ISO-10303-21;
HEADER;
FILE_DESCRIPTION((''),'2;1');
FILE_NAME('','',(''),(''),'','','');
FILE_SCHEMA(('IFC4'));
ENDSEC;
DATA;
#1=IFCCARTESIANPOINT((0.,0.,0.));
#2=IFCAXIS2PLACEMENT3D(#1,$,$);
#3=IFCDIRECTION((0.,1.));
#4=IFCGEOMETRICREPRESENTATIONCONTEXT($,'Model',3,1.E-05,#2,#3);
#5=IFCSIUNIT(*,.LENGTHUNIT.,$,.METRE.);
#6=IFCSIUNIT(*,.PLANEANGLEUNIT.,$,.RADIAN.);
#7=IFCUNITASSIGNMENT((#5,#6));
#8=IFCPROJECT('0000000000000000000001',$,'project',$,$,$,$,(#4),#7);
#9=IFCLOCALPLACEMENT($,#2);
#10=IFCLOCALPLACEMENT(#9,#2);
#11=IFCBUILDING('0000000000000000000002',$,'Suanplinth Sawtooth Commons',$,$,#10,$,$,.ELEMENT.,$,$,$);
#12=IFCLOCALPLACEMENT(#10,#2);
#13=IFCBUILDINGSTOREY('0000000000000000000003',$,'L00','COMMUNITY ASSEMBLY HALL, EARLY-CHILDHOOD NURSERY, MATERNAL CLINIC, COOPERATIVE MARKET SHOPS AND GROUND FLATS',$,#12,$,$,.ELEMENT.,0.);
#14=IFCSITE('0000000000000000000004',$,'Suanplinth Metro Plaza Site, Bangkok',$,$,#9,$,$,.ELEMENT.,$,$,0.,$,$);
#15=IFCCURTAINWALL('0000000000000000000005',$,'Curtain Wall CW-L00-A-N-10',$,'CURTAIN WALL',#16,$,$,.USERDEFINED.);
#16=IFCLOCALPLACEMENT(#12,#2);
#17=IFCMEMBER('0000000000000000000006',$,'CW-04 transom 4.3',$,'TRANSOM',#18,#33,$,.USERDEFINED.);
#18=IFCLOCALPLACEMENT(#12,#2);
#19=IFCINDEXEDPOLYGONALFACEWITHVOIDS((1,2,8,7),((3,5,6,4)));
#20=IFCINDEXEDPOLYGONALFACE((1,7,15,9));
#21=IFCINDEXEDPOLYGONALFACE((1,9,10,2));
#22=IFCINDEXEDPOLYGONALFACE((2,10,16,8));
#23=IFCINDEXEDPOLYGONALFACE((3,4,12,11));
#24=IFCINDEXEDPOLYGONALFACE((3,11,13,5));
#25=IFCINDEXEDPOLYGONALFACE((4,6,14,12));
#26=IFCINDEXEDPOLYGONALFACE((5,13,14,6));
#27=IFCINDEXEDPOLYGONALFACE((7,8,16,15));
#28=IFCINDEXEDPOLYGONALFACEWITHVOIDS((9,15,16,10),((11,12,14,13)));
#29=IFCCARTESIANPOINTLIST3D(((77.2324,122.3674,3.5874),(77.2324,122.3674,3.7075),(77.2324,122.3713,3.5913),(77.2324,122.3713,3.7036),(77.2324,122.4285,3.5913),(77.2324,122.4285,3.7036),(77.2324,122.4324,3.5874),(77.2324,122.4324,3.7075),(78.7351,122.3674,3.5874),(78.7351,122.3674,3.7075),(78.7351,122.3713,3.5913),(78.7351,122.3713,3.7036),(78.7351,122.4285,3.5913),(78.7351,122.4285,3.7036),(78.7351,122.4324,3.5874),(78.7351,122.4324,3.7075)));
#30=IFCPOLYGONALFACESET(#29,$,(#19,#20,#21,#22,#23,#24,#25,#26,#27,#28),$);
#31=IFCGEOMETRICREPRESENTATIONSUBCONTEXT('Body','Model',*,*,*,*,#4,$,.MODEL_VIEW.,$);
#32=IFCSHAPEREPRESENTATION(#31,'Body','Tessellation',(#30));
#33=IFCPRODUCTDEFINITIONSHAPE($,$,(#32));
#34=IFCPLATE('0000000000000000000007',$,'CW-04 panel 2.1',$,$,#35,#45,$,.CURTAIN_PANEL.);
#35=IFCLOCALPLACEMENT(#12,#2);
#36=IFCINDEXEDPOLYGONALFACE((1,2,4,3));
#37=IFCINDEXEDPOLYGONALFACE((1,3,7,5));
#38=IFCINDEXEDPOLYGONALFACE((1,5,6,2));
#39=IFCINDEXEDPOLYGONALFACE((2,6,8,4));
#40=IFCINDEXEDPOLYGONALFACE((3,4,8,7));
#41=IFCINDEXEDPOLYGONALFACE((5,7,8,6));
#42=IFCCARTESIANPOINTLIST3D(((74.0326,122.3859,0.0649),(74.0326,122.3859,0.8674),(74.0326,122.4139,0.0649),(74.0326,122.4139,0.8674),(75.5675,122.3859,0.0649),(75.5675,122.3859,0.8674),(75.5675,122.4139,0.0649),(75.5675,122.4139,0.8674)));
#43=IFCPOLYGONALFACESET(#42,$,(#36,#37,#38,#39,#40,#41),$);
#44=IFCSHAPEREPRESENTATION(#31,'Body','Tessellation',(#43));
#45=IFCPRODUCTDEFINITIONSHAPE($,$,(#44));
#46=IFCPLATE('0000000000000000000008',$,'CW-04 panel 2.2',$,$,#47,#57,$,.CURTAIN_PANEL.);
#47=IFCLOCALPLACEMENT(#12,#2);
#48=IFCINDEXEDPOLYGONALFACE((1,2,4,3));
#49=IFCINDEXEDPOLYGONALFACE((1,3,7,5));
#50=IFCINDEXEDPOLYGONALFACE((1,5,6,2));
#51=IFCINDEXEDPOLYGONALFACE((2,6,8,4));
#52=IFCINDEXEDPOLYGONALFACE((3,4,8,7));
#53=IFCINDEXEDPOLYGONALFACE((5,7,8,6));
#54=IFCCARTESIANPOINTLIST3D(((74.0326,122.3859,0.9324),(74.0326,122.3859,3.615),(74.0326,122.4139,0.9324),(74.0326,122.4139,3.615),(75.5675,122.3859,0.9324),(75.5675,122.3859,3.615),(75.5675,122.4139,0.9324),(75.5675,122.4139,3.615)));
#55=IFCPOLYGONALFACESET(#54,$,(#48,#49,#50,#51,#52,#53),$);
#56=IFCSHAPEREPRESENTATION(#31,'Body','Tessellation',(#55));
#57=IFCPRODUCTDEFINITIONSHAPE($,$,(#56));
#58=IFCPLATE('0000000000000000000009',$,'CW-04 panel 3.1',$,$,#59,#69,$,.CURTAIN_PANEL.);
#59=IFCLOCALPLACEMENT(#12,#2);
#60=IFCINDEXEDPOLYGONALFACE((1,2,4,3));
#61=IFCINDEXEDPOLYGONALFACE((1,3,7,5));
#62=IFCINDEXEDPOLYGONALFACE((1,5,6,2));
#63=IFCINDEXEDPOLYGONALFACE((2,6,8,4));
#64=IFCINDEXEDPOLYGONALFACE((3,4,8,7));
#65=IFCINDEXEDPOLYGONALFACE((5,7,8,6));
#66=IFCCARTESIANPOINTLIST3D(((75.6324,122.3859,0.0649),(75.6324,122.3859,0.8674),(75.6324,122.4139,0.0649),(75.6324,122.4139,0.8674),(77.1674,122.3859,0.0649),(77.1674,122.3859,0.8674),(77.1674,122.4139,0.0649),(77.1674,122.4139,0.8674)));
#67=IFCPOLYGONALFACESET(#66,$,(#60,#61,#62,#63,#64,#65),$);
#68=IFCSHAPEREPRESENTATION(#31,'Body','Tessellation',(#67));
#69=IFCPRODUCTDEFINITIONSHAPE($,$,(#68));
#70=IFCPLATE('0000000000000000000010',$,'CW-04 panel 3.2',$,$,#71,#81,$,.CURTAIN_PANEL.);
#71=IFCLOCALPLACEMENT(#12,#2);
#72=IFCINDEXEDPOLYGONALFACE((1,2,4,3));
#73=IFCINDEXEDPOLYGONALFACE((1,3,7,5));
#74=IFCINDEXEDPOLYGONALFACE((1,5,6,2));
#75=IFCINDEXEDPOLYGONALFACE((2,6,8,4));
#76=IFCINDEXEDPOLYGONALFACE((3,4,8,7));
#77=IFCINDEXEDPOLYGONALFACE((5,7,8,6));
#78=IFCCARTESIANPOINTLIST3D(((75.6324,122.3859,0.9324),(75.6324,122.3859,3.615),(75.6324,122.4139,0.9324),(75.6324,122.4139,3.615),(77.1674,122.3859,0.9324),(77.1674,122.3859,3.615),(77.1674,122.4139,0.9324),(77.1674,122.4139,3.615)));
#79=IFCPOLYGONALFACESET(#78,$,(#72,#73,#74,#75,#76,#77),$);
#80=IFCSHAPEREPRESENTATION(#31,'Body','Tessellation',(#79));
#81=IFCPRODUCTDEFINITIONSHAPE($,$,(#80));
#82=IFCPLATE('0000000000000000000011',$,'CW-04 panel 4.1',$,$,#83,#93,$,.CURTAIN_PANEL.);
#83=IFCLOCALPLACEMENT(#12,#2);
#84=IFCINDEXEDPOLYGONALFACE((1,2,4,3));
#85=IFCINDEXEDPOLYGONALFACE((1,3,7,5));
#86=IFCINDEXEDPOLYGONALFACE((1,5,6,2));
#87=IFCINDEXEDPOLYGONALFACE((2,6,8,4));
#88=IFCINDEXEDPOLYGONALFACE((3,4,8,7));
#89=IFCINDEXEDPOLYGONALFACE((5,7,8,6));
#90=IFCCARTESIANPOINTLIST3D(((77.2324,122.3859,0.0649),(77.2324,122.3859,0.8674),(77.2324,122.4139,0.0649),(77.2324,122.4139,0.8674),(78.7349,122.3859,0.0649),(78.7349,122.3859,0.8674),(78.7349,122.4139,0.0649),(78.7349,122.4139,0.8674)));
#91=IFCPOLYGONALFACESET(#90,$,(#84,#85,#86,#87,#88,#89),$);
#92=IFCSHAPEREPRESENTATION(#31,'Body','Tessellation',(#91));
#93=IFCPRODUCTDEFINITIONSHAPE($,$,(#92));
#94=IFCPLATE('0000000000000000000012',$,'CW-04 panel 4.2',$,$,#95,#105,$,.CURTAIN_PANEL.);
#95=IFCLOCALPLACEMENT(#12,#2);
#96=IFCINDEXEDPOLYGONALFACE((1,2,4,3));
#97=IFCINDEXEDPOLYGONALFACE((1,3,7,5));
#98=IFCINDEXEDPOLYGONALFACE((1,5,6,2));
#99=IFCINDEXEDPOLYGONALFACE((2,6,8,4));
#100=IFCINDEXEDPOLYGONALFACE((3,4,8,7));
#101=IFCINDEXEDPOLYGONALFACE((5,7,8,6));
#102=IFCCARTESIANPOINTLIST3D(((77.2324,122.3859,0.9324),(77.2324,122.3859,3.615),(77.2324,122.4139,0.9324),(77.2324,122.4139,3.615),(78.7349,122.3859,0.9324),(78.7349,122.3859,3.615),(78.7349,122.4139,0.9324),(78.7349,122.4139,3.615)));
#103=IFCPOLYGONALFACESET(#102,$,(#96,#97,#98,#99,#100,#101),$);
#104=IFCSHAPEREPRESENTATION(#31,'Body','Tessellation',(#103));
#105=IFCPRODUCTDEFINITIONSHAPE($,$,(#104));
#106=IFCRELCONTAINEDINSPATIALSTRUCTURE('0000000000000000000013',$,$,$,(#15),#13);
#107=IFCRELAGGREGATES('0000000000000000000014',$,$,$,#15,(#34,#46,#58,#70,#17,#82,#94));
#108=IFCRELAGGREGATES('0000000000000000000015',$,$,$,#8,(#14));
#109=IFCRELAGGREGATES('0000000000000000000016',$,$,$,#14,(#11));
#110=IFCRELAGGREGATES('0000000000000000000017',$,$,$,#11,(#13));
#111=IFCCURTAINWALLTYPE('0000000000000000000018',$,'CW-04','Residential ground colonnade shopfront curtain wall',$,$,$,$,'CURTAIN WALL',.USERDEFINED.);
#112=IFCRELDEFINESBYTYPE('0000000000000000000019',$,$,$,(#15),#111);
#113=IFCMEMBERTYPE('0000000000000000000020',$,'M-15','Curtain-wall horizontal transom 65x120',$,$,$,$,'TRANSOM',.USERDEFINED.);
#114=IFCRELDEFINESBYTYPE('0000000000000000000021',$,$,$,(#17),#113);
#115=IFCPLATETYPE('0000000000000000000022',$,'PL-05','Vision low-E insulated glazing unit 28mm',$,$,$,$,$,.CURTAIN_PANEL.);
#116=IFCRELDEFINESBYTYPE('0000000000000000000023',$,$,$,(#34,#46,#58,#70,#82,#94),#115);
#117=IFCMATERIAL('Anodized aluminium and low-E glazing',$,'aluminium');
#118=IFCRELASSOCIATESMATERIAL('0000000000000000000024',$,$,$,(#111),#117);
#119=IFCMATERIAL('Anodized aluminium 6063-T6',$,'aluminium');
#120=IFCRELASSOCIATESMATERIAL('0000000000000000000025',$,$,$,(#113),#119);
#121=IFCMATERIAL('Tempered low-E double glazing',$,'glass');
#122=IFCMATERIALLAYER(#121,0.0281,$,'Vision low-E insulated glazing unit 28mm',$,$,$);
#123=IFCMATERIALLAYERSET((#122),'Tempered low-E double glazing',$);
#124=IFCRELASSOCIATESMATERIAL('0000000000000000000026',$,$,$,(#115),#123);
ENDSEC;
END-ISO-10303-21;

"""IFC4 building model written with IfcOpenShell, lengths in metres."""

from ifc_helpers import new_model, si_unit, direction, frame, origin, origin_2d, place, context, subcontext, project, spatial, rectangle, hollow_rectangle, extrude, material, layer, layer_set, material_profile, profile_set, type_object, element, aggregate, save


model = new_model("IFC4")

# Units and contexts
model_context = context("Model", 3, precision=1e-05, world=origin(), true_north=direction((0.0, 1.0)))
body_context = subcontext(model_context, "Body", "Model", "MODEL_VIEW")
ifc_project = project(units=[si_unit("LENGTHUNIT", "METRE"), si_unit("PLANEANGLEUNIT", "RADIAN")], contexts=[model_context])

# Site, building, storey
site_placement = place(None, origin())
site = spatial("IfcSite", under=ifc_project, at=site_placement, Name="Suanplinth Metro Plaza Site, Bangkok", CompositionType="ELEMENT", RefElevation=0.0)
building_placement = place(site_placement, origin())
building = spatial("IfcBuilding", under=site, at=building_placement, Name="Suanplinth Sawtooth Commons", CompositionType="ELEMENT")
storey_placement = place(building_placement, origin())
storey = spatial("IfcBuildingStorey", under=building, at=storey_placement, Name="L00", Description="COMMUNITY ASSEMBLY HALL, EARLY-CHILDHOOD NURSERY, MATERNAL CLINIC, COOPERATIVE MARKET SHOPS AND GROUND FLATS", CompositionType="ELEMENT", Elevation=0.0)

# Curtain wall, member, plates
ifc_material_1 = material(Name="Anodized aluminium and low-E glazing", Category="aluminium")
curtain_wall_type = type_object("IfcCurtainWallType", Name="CW-04", Description="Residential ground colonnade shopfront curtain wall", ElementType="CURTAIN WALL", PredefinedType="USERDEFINED", material=ifc_material_1)
curtain_wall_placement = place(storey_placement, origin())
curtain_wall = element("IfcCurtainWall", 1, at=curtain_wall_placement, inside=storey, type_object=curtain_wall_type, Name="Curtain Wall CW-L00-A-N-10", ObjectType="CURTAIN WALL", PredefinedType="USERDEFINED")
ifc_material_2 = material(Name="Anodized aluminium 6063-T6", Category="aluminium")
ifc_material_profile_1 = material_profile(ifc_material_2, hollow_rectangle(XDim=0.0649, YDim=0.1201, WallThickness=0.0039, at=origin_2d()), Name="ALU-TRN 65x120")
ifc_profile_set_1 = profile_set([ifc_material_profile_1], Name="Anodized aluminium 6063-T6")
member_type_1 = type_object("IfcMemberType", Name="M-15", Description="Curtain-wall horizontal transom 65x120", ElementType="TRANSOM", PredefinedType="USERDEFINED", material=ifc_profile_set_1)
member_1_placement = place(storey_placement, frame((77.2324, 122.3999, 3.6475), z_axis=(1.0, 0.0, 0.0), x_axis=(0.0, 1.0, 0.0)))
member_1 = element("IfcMember", 2, at=member_1_placement, type_object=member_type_1, Name="CW-04 transom 4.3", ObjectType="TRANSOM", PredefinedType="USERDEFINED", context=body_context, shape_type="SweptSolid", body=[
    extrude(hollow_rectangle(XDim=0.0649, YDim=0.1201, WallThickness=0.0039, at=origin_2d()), origin(), (0.0, 0.0, 1.0), 1.5027),
])
ifc_material_3 = material(Name="Tempered low-E double glazing", Category="glass")
ifc_layer = layer(ifc_material_3, 0.0281, Name="Vision low-E insulated glazing unit 28mm")
ifc_layer_set = layer_set([ifc_layer], Name="Tempered low-E double glazing")
plate_type = type_object("IfcPlateType", Name="PL-05", Description="Vision low-E insulated glazing unit 28mm", PredefinedType="CURTAIN_PANEL", material=ifc_layer_set)
plate_1_placement = place(storey_placement, frame((74.8, 122.3999, 0.0649), z_axis=(0.0, 0.0, 1.0), x_axis=(1.0, 0.0, 0.0)))
plate_1 = element("IfcPlate", 3, at=plate_1_placement, type_object=plate_type, Name="CW-04 panel 2.1", PredefinedType="CURTAIN_PANEL", context=body_context, shape_type="SweptSolid", body=[
    extrude(rectangle(XDim=1.5349, YDim=0.0281, at=origin_2d()), origin(), (0.0, 0.0, 1.0), 0.8025),
])
plate_2_placement = place(storey_placement, frame((74.8, 122.3999, 0.9324), z_axis=(0.0, 0.0, 1.0), x_axis=(1.0, 0.0, 0.0)))
plate_2 = element("IfcPlate", 4, at=plate_2_placement, type_object=plate_type, Name="CW-04 panel 2.2", PredefinedType="CURTAIN_PANEL", context=body_context, shape_type="SweptSolid", body=[
    extrude(rectangle(XDim=1.5349, YDim=0.0281, at=origin_2d()), origin(), (0.0, 0.0, 1.0), 2.6826),
])
plate_3_placement = place(storey_placement, frame((76.3999, 122.3999, 0.0649), z_axis=(0.0, 0.0, 1.0), x_axis=(1.0, 0.0, 0.0)))
plate_3 = element("IfcPlate", 5, at=plate_3_placement, type_object=plate_type, Name="CW-04 panel 3.1", PredefinedType="CURTAIN_PANEL", context=body_context, shape_type="SweptSolid", body=[
    extrude(rectangle(XDim=1.5349, YDim=0.0281, at=origin_2d()), origin(), (0.0, 0.0, 1.0), 0.8025),
])
plate_4_placement = place(storey_placement, frame((76.3999, 122.3999, 0.9324), z_axis=(0.0, 0.0, 1.0), x_axis=(1.0, 0.0, 0.0)))
plate_4 = element("IfcPlate", 6, at=plate_4_placement, type_object=plate_type, Name="CW-04 panel 3.2", PredefinedType="CURTAIN_PANEL", context=body_context, shape_type="SweptSolid", body=[
    extrude(rectangle(XDim=1.5349, YDim=0.0281, at=origin_2d()), origin(), (0.0, 0.0, 1.0), 2.6826),
])
plate_5_placement = place(storey_placement, frame((77.9836, 122.3999, 0.0649), z_axis=(0.0, 0.0, 1.0), x_axis=(1.0, 0.0, 0.0)))
plate_5 = element("IfcPlate", 7, at=plate_5_placement, type_object=plate_type, Name="CW-04 panel 4.1", PredefinedType="CURTAIN_PANEL", context=body_context, shape_type="SweptSolid", body=[
    extrude(rectangle(XDim=1.5024, YDim=0.0281, at=origin_2d()), origin(), (0.0, 0.0, 1.0), 0.8025),
])
plate_6_placement = place(storey_placement, frame((77.9836, 122.3999, 0.9324), z_axis=(0.0, 0.0, 1.0), x_axis=(1.0, 0.0, 0.0)))
plate_6 = element("IfcPlate", 8, at=plate_6_placement, type_object=plate_type, Name="CW-04 panel 4.2", PredefinedType="CURTAIN_PANEL", context=body_context, shape_type="SweptSolid", body=[
    extrude(rectangle(XDim=1.5024, YDim=0.0281, at=origin_2d()), origin(), (0.0, 0.0, 1.0), 2.6826),
])
aggregate(curtain_wall, [plate_1, plate_2, plate_3, plate_4, member_1, plate_5, plate_6])

save(model, "model.ifc")
